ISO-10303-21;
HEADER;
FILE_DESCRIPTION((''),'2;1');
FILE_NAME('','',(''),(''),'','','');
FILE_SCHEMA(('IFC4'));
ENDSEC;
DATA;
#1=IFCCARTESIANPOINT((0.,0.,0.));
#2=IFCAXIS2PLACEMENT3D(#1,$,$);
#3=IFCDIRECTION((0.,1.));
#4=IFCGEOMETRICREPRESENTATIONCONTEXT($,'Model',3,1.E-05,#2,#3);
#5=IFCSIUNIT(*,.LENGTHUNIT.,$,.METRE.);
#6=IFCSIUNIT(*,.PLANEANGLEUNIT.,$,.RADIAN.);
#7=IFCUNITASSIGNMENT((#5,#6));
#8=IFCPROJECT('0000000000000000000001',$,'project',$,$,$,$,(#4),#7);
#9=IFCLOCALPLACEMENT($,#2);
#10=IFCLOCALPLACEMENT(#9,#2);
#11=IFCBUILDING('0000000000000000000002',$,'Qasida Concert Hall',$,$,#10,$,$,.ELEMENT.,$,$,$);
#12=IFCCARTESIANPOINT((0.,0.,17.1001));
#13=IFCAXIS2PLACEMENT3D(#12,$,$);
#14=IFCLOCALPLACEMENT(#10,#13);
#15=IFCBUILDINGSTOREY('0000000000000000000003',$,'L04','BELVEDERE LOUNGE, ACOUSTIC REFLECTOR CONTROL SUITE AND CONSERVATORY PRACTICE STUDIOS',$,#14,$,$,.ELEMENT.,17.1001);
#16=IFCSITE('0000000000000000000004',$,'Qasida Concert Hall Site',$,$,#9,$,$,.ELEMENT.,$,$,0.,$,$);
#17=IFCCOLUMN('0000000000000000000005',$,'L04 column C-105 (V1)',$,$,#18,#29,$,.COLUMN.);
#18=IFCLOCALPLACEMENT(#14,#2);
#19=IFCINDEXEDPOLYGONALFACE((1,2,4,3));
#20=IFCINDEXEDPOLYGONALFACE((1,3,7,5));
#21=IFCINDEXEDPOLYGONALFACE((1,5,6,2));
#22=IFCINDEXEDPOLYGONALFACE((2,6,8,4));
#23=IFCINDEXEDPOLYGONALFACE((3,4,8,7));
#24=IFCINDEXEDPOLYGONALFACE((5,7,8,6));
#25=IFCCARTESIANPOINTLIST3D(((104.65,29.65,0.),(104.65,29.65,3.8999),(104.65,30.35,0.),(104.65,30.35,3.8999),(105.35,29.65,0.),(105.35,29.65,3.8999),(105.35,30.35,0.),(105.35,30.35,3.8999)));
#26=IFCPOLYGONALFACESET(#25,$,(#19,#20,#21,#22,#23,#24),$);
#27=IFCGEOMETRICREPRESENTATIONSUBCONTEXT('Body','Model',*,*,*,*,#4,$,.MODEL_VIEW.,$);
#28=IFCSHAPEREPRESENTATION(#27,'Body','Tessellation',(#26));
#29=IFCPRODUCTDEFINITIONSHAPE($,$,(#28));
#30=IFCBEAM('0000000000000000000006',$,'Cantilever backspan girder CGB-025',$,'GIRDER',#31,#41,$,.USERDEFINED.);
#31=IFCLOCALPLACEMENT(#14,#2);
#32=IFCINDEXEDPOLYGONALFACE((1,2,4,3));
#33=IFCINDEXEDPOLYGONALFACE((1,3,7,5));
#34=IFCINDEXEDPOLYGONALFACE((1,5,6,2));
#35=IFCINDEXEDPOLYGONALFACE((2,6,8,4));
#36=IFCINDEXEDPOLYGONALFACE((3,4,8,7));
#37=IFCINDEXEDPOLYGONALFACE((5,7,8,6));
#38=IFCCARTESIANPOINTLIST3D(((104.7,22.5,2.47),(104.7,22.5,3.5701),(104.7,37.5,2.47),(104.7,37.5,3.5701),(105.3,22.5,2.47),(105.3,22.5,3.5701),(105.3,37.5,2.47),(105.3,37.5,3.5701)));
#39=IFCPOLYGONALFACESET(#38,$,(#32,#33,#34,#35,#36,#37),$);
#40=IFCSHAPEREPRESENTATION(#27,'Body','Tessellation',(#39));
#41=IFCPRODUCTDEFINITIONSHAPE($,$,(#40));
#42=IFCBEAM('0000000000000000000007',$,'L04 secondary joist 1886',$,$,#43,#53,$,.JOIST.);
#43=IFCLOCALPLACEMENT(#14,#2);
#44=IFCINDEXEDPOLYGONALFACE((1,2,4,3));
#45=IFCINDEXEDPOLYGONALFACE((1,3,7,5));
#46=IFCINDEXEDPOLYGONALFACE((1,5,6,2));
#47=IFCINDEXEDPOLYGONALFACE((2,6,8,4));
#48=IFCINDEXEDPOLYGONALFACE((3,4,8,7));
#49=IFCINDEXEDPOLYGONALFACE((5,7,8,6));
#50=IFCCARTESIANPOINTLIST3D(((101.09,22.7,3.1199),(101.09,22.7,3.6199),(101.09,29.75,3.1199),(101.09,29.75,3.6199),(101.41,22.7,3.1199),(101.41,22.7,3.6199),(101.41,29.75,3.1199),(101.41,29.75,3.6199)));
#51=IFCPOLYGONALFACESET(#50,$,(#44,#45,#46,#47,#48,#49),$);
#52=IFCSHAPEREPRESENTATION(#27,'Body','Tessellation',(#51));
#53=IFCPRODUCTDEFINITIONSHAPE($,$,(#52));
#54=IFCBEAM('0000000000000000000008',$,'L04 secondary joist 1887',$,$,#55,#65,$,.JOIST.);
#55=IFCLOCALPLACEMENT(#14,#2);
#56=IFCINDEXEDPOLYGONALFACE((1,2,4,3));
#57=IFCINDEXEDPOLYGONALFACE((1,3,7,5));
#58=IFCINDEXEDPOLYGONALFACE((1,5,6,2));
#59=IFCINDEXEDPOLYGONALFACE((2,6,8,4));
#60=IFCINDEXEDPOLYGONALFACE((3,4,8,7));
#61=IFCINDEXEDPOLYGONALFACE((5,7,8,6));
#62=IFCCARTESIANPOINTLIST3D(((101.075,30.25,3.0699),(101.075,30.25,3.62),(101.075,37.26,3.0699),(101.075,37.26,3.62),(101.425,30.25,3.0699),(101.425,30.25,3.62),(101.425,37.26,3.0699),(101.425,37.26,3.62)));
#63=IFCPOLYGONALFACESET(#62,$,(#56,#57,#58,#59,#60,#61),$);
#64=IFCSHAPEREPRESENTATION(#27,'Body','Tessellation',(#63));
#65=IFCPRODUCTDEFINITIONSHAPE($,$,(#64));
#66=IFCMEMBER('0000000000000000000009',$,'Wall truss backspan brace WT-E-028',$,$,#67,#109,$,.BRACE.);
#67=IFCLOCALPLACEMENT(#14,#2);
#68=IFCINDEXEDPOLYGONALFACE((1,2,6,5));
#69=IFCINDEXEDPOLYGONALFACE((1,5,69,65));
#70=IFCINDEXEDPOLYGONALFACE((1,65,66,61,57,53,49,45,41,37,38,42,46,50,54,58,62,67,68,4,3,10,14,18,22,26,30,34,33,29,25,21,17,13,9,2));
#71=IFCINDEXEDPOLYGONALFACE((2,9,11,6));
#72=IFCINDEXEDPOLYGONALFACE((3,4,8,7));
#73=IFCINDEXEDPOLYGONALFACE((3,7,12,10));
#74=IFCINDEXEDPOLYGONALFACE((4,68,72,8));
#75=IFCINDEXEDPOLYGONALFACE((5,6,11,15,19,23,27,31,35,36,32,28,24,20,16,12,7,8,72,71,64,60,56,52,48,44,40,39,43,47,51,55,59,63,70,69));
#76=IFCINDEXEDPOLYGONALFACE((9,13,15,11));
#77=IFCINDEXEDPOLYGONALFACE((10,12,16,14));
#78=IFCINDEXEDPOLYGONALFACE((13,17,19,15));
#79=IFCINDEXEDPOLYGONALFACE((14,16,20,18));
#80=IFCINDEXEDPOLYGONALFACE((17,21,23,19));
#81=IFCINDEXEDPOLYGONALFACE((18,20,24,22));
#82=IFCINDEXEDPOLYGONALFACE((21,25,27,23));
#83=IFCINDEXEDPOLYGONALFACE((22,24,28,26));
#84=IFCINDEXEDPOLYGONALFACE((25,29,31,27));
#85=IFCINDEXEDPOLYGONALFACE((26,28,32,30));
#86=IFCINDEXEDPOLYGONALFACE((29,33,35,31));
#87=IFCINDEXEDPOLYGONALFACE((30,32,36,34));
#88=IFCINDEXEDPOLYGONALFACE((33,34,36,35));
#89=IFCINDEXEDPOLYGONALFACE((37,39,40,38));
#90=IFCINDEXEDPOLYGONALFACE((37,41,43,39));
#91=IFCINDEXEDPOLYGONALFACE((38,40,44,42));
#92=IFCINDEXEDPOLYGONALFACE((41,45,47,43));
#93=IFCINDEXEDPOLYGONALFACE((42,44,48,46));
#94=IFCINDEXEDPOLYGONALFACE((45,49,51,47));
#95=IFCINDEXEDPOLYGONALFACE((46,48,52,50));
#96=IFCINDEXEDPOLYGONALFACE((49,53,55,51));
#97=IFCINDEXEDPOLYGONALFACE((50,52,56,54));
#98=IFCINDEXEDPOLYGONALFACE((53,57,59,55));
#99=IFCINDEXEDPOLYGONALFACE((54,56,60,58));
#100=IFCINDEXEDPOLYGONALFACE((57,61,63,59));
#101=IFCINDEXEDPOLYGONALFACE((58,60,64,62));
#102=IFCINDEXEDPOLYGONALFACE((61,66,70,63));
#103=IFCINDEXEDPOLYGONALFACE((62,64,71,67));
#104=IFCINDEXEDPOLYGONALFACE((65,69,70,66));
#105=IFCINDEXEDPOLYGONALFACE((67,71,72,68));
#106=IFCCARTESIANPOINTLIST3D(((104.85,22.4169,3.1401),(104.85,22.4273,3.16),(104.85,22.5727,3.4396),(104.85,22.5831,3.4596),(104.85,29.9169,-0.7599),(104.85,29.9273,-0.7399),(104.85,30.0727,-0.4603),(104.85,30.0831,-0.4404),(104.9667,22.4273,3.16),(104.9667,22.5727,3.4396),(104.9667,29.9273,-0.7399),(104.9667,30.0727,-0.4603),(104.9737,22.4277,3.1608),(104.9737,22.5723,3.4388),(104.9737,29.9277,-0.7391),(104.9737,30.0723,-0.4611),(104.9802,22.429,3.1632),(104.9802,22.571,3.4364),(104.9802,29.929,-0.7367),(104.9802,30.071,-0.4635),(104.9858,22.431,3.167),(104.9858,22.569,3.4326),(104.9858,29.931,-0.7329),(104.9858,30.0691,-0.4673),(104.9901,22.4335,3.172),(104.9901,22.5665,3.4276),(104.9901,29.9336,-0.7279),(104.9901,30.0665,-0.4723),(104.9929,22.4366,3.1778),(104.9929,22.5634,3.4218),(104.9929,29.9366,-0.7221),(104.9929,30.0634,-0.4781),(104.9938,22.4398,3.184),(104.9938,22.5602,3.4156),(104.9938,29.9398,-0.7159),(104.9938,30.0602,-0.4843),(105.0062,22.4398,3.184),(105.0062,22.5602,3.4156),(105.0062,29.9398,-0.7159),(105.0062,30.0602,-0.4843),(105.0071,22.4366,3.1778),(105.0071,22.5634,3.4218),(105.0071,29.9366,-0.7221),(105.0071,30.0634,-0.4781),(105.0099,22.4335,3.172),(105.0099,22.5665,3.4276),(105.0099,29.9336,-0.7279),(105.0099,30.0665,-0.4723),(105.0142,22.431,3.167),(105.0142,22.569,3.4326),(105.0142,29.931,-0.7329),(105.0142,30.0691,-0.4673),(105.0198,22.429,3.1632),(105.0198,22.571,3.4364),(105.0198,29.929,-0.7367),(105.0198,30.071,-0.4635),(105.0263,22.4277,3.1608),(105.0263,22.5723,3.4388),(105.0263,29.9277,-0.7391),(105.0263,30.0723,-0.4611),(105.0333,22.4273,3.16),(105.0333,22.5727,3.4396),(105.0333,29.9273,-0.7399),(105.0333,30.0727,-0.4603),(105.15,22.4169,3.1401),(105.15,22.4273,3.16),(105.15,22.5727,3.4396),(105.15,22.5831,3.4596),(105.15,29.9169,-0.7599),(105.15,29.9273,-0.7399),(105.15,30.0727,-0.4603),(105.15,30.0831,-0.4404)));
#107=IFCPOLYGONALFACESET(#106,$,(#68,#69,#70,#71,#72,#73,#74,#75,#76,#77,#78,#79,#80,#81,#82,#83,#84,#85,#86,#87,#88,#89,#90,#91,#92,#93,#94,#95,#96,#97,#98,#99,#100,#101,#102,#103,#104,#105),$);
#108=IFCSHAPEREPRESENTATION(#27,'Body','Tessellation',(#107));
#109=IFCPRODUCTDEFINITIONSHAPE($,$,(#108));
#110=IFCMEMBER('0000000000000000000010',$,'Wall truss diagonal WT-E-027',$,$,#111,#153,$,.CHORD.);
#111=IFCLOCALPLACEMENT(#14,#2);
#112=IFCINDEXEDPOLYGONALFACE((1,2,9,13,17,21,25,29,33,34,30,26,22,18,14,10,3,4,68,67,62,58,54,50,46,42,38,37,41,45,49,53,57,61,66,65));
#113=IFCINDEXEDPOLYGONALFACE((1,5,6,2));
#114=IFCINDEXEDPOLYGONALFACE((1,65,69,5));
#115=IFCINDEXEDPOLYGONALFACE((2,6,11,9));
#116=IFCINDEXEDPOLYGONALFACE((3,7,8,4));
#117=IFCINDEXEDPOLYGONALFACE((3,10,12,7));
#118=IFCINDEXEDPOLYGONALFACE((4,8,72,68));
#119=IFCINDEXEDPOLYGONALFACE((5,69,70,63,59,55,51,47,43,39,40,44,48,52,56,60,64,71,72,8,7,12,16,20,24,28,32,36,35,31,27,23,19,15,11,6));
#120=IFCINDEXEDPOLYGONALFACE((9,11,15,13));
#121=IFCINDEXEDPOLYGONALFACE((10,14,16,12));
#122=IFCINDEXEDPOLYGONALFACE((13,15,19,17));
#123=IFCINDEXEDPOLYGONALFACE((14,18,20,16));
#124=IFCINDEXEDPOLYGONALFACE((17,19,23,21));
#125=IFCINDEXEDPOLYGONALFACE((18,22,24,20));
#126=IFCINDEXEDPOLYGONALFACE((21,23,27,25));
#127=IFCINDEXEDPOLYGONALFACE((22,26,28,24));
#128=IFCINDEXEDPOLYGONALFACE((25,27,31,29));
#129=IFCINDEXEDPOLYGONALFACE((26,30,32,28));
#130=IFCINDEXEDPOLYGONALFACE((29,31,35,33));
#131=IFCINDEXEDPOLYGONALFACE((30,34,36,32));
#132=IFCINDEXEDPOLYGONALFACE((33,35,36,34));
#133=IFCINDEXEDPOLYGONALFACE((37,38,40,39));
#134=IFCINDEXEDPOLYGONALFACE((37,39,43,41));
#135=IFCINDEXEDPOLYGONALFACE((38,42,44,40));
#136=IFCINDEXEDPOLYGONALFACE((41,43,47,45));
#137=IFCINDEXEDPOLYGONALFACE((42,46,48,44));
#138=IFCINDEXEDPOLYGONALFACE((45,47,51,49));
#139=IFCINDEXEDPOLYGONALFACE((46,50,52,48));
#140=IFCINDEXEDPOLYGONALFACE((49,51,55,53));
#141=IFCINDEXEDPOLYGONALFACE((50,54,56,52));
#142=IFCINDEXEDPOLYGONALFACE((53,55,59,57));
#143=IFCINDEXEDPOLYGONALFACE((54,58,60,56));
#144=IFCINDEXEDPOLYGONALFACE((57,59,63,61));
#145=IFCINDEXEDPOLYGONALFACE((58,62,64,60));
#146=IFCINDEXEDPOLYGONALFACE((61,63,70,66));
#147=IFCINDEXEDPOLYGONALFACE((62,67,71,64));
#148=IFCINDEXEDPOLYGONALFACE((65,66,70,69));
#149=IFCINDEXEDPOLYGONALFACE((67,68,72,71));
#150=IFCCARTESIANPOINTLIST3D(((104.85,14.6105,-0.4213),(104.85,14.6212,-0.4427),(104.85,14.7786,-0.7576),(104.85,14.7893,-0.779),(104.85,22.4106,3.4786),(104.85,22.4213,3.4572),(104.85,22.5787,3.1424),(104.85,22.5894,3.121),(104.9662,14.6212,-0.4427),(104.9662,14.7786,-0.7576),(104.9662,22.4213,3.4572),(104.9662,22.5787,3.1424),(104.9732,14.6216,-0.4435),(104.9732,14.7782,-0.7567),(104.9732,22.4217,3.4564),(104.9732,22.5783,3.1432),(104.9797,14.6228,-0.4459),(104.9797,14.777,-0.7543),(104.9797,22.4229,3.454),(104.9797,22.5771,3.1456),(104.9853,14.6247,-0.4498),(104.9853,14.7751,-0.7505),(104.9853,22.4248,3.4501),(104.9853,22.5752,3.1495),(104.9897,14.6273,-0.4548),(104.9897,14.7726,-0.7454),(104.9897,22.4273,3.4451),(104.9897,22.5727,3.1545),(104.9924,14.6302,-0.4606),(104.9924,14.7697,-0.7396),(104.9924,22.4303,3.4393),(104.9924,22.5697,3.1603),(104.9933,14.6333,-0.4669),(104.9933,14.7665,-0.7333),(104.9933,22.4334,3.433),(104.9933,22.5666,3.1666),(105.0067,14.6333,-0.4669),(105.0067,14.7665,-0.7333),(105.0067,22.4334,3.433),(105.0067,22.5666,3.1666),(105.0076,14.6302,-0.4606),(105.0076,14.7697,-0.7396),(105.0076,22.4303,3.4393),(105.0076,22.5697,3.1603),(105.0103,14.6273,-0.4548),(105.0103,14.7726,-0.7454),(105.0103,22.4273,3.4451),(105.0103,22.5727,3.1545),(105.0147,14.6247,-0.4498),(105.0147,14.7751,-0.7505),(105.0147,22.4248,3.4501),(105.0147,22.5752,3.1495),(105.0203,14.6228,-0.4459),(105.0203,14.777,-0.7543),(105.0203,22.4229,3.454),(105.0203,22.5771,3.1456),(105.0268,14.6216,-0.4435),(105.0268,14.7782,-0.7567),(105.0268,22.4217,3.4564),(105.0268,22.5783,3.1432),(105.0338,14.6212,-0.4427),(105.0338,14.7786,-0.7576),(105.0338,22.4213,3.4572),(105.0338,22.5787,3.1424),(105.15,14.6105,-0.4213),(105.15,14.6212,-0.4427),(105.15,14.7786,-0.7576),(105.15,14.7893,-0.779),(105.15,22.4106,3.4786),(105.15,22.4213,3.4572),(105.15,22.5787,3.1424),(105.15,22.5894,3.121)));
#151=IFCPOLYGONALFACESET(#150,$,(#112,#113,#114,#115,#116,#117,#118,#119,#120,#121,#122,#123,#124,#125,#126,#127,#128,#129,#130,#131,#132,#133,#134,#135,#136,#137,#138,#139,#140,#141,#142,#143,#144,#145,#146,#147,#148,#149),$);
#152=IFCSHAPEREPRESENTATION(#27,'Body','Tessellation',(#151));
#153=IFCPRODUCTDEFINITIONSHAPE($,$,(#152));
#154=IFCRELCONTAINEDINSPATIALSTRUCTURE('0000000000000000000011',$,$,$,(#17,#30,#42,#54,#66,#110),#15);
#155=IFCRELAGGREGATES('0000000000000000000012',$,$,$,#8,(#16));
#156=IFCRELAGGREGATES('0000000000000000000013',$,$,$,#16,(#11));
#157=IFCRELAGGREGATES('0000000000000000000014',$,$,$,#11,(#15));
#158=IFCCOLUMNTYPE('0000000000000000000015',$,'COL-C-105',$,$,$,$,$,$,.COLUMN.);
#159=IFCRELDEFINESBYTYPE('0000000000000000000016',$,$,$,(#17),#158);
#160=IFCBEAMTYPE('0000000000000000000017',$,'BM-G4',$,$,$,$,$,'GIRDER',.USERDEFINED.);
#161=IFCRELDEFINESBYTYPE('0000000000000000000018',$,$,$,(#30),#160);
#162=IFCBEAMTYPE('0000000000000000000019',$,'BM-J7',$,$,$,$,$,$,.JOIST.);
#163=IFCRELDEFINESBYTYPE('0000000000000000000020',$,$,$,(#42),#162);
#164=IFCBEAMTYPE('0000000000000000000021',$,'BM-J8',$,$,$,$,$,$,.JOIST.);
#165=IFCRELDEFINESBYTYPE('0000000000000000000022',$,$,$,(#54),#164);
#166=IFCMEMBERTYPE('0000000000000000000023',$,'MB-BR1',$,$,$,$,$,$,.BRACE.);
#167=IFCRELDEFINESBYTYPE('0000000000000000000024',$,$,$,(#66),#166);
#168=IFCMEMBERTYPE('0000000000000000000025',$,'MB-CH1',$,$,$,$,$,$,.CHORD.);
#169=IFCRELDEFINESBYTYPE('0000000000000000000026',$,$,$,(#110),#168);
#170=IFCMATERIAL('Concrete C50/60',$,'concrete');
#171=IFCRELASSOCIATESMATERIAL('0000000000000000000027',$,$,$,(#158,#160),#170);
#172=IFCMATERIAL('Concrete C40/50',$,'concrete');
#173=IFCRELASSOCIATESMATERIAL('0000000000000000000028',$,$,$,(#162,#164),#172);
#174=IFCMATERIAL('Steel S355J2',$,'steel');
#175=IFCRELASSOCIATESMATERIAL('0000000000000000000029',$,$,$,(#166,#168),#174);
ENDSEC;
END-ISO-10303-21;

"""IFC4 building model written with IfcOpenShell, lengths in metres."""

from ifc_helpers import new_model, si_unit, direction, frame, origin, origin_2d, place, context, subcontext, project, spatial, rectangle, i_section, extrude, material, material_profile, profile_set, type_object, element, save


model = new_model("IFC4")

# Units and contexts
model_context = context("Model", 3, precision=1e-05, world=origin(), true_north=direction((0.0, 1.0)))
body_context = subcontext(model_context, "Body", "Model", "MODEL_VIEW")
ifc_project = project(units=[si_unit("LENGTHUNIT", "METRE"), si_unit("PLANEANGLEUNIT", "RADIAN")], contexts=[model_context])

# Site, building, storey
site_placement = place(None, origin())
site = spatial("IfcSite", under=ifc_project, at=site_placement, Name="Qasida Concert Hall Site", CompositionType="ELEMENT", RefElevation=0.0)
building_placement = place(site_placement, origin())
building = spatial("IfcBuilding", under=site, at=building_placement, Name="Qasida Concert Hall", CompositionType="ELEMENT")
storey_placement = place(building_placement, frame((0.0, 0.0, 17.1001)))
storey = spatial("IfcBuildingStorey", under=building, at=storey_placement, Name="L04", Description="BELVEDERE LOUNGE, ACOUSTIC REFLECTOR CONTROL SUITE AND CONSERVATORY PRACTICE STUDIOS", CompositionType="ELEMENT", Elevation=17.1001)

# Column
ifc_material_1 = material(Name="Concrete C50/60", Category="concrete")
ifc_material_profile_1 = material_profile(ifc_material_1, rectangle(XDim=0.7, YDim=0.7, at=origin_2d()), Name="RC 700x700")
ifc_profile_set_1 = profile_set([ifc_material_profile_1], Name="Concrete C50/60")
column_type = type_object("IfcColumnType", Name="COL-C-105", PredefinedType="COLUMN", material=ifc_profile_set_1)
column_placement = place(storey_placement, frame((105.0, 30.0, 0.0), z_axis=(0.0, 0.0, 1.0), x_axis=(1.0, 0.0, 0.0)))
element("IfcColumn", 1, at=column_placement, inside=storey, type_object=column_type, Name="L04 column C-105 (V1)", PredefinedType="COLUMN", context=body_context, shape_type="SweptSolid", body=[
    extrude(rectangle(XDim=0.7, YDim=0.7, at=origin_2d()), origin(), (0.0, 0.0, 1.0), 3.8999),
])

# Beams
ifc_material_profile_2 = material_profile(ifc_material_1, rectangle(XDim=0.6001, YDim=1.1001, at=origin_2d()), Name="RC 600x1100")
ifc_profile_set_2 = profile_set([ifc_material_profile_2], Name="Concrete C50/60")
beam_type_1 = type_object("IfcBeamType", Name="BM-G4", ElementType="GIRDER", PredefinedType="USERDEFINED", material=ifc_profile_set_2)
beam_1_placement = place(storey_placement, frame((105.0, 22.5, 3.02), z_axis=(0.0, 1.0, 0.0), x_axis=(-1.0, 0.0, 0.0)))
element("IfcBeam", 2, at=beam_1_placement, inside=storey, type_object=beam_type_1, Name="Cantilever backspan girder CGB-025", ObjectType="GIRDER", PredefinedType="USERDEFINED", context=body_context, shape_type="SweptSolid", body=[
    extrude(rectangle(XDim=0.6001, YDim=1.1001, at=origin_2d()), origin(), (0.0, 0.0, 1.0), 15.0),
])
ifc_material_2 = material(Name="Concrete C40/50", Category="concrete")
ifc_material_profile_3 = material_profile(ifc_material_2, rectangle(XDim=0.3201, YDim=0.5, at=origin_2d()), Name="RC 320x500")
ifc_profile_set_3 = profile_set([ifc_material_profile_3], Name="Concrete C40/50")
beam_type_2 = type_object("IfcBeamType", Name="BM-J7", PredefinedType="JOIST", material=ifc_profile_set_3)
beam_2_placement = place(storey_placement, frame((101.25, 22.7, 3.3699), z_axis=(0.0, 1.0, 0.0), x_axis=(-1.0, 0.0, 0.0)))
element("IfcBeam", 3, at=beam_2_placement, inside=storey, type_object=beam_type_2, Name="L04 secondary joist 1886", PredefinedType="JOIST", context=body_context, shape_type="SweptSolid", body=[
    extrude(rectangle(XDim=0.3201, YDim=0.5, at=origin_2d()), origin(), (0.0, 0.0, 1.0), 7.05),
])
ifc_material_profile_4 = material_profile(ifc_material_2, rectangle(XDim=0.3501, YDim=0.55, at=origin_2d()), Name="RC 350x550")
ifc_profile_set_4 = profile_set([ifc_material_profile_4], Name="Concrete C40/50")
beam_type_3 = type_object("IfcBeamType", Name="BM-J8", PredefinedType="JOIST", material=ifc_profile_set_4)
beam_3_placement = place(storey_placement, frame((101.25, 30.25, 3.345), z_axis=(0.0, 1.0, 0.0), x_axis=(-1.0, 0.0, 0.0)))
element("IfcBeam", 4, at=beam_3_placement, inside=storey, type_object=beam_type_3, Name="L04 secondary joist 1887", PredefinedType="JOIST", context=body_context, shape_type="SweptSolid", body=[
    extrude(rectangle(XDim=0.3501, YDim=0.55, at=origin_2d()), origin(), (0.0, 0.0, 1.0), 7.01),
])

# Members
ifc_material_3 = material(Name="Steel S355J2", Category="steel")
ifc_material_profile_5 = material_profile(ifc_material_3, i_section(OverallWidth=0.3, OverallDepth=0.3601, WebThickness=0.0125, FlangeThickness=0.0225, FilletRadius=0.0271, at=origin_2d()), Name="HEB 360")
ifc_profile_set_5 = profile_set([ifc_material_profile_5], Name="Steel S355J2")
member_type_1 = type_object("IfcMemberType", Name="MB-BR1", PredefinedType="BRACE", material=ifc_profile_set_5)
member_1_placement = place(storey_placement, frame((105.0, 22.5, 3.2998), z_axis=(0.0, 0.887222, -0.461344), x_axis=(-1.0, 0.0, 0.0)))
element("IfcMember", 5, at=member_1_placement, inside=storey, type_object=member_type_1, Name="Wall truss backspan brace WT-E-028", PredefinedType="BRACE", context=body_context, shape_type="SweptSolid", body=[
    extrude(i_section(OverallWidth=0.3, OverallDepth=0.3601, WebThickness=0.0125, FlangeThickness=0.0225, FilletRadius=0.0271, at=origin_2d()), origin(), (0.0, 0.0, 1.0), 8.4534),
])
ifc_material_profile_6 = material_profile(ifc_material_3, i_section(OverallWidth=0.3, OverallDepth=0.3999, WebThickness=0.0134, FlangeThickness=0.0239, FilletRadius=0.0271, at=origin_2d()), Name="HEB 400")
ifc_profile_set_6 = profile_set([ifc_material_profile_6], Name="Steel S355J2")
member_type_2 = type_object("IfcMemberType", Name="MB-CH1", PredefinedType="CHORD", material=ifc_profile_set_6)
member_2_placement = place(storey_placement, frame((105.0, 22.5, 3.2998), z_axis=(0.0, -0.894433, -0.447202), x_axis=(1.0, 0.0, 0.0)))
element("IfcMember", 6, at=member_2_placement, inside=storey, type_object=member_type_2, Name="Wall truss diagonal WT-E-027", PredefinedType="CHORD", context=body_context, shape_type="SweptSolid", body=[
    extrude(i_section(OverallWidth=0.3, OverallDepth=0.3999, WebThickness=0.0134, FlangeThickness=0.0239, FilletRadius=0.0271, at=origin_2d()), origin(), (0.0, 0.0, 1.0), 8.7207),
])

save(model, "model.ifc")
